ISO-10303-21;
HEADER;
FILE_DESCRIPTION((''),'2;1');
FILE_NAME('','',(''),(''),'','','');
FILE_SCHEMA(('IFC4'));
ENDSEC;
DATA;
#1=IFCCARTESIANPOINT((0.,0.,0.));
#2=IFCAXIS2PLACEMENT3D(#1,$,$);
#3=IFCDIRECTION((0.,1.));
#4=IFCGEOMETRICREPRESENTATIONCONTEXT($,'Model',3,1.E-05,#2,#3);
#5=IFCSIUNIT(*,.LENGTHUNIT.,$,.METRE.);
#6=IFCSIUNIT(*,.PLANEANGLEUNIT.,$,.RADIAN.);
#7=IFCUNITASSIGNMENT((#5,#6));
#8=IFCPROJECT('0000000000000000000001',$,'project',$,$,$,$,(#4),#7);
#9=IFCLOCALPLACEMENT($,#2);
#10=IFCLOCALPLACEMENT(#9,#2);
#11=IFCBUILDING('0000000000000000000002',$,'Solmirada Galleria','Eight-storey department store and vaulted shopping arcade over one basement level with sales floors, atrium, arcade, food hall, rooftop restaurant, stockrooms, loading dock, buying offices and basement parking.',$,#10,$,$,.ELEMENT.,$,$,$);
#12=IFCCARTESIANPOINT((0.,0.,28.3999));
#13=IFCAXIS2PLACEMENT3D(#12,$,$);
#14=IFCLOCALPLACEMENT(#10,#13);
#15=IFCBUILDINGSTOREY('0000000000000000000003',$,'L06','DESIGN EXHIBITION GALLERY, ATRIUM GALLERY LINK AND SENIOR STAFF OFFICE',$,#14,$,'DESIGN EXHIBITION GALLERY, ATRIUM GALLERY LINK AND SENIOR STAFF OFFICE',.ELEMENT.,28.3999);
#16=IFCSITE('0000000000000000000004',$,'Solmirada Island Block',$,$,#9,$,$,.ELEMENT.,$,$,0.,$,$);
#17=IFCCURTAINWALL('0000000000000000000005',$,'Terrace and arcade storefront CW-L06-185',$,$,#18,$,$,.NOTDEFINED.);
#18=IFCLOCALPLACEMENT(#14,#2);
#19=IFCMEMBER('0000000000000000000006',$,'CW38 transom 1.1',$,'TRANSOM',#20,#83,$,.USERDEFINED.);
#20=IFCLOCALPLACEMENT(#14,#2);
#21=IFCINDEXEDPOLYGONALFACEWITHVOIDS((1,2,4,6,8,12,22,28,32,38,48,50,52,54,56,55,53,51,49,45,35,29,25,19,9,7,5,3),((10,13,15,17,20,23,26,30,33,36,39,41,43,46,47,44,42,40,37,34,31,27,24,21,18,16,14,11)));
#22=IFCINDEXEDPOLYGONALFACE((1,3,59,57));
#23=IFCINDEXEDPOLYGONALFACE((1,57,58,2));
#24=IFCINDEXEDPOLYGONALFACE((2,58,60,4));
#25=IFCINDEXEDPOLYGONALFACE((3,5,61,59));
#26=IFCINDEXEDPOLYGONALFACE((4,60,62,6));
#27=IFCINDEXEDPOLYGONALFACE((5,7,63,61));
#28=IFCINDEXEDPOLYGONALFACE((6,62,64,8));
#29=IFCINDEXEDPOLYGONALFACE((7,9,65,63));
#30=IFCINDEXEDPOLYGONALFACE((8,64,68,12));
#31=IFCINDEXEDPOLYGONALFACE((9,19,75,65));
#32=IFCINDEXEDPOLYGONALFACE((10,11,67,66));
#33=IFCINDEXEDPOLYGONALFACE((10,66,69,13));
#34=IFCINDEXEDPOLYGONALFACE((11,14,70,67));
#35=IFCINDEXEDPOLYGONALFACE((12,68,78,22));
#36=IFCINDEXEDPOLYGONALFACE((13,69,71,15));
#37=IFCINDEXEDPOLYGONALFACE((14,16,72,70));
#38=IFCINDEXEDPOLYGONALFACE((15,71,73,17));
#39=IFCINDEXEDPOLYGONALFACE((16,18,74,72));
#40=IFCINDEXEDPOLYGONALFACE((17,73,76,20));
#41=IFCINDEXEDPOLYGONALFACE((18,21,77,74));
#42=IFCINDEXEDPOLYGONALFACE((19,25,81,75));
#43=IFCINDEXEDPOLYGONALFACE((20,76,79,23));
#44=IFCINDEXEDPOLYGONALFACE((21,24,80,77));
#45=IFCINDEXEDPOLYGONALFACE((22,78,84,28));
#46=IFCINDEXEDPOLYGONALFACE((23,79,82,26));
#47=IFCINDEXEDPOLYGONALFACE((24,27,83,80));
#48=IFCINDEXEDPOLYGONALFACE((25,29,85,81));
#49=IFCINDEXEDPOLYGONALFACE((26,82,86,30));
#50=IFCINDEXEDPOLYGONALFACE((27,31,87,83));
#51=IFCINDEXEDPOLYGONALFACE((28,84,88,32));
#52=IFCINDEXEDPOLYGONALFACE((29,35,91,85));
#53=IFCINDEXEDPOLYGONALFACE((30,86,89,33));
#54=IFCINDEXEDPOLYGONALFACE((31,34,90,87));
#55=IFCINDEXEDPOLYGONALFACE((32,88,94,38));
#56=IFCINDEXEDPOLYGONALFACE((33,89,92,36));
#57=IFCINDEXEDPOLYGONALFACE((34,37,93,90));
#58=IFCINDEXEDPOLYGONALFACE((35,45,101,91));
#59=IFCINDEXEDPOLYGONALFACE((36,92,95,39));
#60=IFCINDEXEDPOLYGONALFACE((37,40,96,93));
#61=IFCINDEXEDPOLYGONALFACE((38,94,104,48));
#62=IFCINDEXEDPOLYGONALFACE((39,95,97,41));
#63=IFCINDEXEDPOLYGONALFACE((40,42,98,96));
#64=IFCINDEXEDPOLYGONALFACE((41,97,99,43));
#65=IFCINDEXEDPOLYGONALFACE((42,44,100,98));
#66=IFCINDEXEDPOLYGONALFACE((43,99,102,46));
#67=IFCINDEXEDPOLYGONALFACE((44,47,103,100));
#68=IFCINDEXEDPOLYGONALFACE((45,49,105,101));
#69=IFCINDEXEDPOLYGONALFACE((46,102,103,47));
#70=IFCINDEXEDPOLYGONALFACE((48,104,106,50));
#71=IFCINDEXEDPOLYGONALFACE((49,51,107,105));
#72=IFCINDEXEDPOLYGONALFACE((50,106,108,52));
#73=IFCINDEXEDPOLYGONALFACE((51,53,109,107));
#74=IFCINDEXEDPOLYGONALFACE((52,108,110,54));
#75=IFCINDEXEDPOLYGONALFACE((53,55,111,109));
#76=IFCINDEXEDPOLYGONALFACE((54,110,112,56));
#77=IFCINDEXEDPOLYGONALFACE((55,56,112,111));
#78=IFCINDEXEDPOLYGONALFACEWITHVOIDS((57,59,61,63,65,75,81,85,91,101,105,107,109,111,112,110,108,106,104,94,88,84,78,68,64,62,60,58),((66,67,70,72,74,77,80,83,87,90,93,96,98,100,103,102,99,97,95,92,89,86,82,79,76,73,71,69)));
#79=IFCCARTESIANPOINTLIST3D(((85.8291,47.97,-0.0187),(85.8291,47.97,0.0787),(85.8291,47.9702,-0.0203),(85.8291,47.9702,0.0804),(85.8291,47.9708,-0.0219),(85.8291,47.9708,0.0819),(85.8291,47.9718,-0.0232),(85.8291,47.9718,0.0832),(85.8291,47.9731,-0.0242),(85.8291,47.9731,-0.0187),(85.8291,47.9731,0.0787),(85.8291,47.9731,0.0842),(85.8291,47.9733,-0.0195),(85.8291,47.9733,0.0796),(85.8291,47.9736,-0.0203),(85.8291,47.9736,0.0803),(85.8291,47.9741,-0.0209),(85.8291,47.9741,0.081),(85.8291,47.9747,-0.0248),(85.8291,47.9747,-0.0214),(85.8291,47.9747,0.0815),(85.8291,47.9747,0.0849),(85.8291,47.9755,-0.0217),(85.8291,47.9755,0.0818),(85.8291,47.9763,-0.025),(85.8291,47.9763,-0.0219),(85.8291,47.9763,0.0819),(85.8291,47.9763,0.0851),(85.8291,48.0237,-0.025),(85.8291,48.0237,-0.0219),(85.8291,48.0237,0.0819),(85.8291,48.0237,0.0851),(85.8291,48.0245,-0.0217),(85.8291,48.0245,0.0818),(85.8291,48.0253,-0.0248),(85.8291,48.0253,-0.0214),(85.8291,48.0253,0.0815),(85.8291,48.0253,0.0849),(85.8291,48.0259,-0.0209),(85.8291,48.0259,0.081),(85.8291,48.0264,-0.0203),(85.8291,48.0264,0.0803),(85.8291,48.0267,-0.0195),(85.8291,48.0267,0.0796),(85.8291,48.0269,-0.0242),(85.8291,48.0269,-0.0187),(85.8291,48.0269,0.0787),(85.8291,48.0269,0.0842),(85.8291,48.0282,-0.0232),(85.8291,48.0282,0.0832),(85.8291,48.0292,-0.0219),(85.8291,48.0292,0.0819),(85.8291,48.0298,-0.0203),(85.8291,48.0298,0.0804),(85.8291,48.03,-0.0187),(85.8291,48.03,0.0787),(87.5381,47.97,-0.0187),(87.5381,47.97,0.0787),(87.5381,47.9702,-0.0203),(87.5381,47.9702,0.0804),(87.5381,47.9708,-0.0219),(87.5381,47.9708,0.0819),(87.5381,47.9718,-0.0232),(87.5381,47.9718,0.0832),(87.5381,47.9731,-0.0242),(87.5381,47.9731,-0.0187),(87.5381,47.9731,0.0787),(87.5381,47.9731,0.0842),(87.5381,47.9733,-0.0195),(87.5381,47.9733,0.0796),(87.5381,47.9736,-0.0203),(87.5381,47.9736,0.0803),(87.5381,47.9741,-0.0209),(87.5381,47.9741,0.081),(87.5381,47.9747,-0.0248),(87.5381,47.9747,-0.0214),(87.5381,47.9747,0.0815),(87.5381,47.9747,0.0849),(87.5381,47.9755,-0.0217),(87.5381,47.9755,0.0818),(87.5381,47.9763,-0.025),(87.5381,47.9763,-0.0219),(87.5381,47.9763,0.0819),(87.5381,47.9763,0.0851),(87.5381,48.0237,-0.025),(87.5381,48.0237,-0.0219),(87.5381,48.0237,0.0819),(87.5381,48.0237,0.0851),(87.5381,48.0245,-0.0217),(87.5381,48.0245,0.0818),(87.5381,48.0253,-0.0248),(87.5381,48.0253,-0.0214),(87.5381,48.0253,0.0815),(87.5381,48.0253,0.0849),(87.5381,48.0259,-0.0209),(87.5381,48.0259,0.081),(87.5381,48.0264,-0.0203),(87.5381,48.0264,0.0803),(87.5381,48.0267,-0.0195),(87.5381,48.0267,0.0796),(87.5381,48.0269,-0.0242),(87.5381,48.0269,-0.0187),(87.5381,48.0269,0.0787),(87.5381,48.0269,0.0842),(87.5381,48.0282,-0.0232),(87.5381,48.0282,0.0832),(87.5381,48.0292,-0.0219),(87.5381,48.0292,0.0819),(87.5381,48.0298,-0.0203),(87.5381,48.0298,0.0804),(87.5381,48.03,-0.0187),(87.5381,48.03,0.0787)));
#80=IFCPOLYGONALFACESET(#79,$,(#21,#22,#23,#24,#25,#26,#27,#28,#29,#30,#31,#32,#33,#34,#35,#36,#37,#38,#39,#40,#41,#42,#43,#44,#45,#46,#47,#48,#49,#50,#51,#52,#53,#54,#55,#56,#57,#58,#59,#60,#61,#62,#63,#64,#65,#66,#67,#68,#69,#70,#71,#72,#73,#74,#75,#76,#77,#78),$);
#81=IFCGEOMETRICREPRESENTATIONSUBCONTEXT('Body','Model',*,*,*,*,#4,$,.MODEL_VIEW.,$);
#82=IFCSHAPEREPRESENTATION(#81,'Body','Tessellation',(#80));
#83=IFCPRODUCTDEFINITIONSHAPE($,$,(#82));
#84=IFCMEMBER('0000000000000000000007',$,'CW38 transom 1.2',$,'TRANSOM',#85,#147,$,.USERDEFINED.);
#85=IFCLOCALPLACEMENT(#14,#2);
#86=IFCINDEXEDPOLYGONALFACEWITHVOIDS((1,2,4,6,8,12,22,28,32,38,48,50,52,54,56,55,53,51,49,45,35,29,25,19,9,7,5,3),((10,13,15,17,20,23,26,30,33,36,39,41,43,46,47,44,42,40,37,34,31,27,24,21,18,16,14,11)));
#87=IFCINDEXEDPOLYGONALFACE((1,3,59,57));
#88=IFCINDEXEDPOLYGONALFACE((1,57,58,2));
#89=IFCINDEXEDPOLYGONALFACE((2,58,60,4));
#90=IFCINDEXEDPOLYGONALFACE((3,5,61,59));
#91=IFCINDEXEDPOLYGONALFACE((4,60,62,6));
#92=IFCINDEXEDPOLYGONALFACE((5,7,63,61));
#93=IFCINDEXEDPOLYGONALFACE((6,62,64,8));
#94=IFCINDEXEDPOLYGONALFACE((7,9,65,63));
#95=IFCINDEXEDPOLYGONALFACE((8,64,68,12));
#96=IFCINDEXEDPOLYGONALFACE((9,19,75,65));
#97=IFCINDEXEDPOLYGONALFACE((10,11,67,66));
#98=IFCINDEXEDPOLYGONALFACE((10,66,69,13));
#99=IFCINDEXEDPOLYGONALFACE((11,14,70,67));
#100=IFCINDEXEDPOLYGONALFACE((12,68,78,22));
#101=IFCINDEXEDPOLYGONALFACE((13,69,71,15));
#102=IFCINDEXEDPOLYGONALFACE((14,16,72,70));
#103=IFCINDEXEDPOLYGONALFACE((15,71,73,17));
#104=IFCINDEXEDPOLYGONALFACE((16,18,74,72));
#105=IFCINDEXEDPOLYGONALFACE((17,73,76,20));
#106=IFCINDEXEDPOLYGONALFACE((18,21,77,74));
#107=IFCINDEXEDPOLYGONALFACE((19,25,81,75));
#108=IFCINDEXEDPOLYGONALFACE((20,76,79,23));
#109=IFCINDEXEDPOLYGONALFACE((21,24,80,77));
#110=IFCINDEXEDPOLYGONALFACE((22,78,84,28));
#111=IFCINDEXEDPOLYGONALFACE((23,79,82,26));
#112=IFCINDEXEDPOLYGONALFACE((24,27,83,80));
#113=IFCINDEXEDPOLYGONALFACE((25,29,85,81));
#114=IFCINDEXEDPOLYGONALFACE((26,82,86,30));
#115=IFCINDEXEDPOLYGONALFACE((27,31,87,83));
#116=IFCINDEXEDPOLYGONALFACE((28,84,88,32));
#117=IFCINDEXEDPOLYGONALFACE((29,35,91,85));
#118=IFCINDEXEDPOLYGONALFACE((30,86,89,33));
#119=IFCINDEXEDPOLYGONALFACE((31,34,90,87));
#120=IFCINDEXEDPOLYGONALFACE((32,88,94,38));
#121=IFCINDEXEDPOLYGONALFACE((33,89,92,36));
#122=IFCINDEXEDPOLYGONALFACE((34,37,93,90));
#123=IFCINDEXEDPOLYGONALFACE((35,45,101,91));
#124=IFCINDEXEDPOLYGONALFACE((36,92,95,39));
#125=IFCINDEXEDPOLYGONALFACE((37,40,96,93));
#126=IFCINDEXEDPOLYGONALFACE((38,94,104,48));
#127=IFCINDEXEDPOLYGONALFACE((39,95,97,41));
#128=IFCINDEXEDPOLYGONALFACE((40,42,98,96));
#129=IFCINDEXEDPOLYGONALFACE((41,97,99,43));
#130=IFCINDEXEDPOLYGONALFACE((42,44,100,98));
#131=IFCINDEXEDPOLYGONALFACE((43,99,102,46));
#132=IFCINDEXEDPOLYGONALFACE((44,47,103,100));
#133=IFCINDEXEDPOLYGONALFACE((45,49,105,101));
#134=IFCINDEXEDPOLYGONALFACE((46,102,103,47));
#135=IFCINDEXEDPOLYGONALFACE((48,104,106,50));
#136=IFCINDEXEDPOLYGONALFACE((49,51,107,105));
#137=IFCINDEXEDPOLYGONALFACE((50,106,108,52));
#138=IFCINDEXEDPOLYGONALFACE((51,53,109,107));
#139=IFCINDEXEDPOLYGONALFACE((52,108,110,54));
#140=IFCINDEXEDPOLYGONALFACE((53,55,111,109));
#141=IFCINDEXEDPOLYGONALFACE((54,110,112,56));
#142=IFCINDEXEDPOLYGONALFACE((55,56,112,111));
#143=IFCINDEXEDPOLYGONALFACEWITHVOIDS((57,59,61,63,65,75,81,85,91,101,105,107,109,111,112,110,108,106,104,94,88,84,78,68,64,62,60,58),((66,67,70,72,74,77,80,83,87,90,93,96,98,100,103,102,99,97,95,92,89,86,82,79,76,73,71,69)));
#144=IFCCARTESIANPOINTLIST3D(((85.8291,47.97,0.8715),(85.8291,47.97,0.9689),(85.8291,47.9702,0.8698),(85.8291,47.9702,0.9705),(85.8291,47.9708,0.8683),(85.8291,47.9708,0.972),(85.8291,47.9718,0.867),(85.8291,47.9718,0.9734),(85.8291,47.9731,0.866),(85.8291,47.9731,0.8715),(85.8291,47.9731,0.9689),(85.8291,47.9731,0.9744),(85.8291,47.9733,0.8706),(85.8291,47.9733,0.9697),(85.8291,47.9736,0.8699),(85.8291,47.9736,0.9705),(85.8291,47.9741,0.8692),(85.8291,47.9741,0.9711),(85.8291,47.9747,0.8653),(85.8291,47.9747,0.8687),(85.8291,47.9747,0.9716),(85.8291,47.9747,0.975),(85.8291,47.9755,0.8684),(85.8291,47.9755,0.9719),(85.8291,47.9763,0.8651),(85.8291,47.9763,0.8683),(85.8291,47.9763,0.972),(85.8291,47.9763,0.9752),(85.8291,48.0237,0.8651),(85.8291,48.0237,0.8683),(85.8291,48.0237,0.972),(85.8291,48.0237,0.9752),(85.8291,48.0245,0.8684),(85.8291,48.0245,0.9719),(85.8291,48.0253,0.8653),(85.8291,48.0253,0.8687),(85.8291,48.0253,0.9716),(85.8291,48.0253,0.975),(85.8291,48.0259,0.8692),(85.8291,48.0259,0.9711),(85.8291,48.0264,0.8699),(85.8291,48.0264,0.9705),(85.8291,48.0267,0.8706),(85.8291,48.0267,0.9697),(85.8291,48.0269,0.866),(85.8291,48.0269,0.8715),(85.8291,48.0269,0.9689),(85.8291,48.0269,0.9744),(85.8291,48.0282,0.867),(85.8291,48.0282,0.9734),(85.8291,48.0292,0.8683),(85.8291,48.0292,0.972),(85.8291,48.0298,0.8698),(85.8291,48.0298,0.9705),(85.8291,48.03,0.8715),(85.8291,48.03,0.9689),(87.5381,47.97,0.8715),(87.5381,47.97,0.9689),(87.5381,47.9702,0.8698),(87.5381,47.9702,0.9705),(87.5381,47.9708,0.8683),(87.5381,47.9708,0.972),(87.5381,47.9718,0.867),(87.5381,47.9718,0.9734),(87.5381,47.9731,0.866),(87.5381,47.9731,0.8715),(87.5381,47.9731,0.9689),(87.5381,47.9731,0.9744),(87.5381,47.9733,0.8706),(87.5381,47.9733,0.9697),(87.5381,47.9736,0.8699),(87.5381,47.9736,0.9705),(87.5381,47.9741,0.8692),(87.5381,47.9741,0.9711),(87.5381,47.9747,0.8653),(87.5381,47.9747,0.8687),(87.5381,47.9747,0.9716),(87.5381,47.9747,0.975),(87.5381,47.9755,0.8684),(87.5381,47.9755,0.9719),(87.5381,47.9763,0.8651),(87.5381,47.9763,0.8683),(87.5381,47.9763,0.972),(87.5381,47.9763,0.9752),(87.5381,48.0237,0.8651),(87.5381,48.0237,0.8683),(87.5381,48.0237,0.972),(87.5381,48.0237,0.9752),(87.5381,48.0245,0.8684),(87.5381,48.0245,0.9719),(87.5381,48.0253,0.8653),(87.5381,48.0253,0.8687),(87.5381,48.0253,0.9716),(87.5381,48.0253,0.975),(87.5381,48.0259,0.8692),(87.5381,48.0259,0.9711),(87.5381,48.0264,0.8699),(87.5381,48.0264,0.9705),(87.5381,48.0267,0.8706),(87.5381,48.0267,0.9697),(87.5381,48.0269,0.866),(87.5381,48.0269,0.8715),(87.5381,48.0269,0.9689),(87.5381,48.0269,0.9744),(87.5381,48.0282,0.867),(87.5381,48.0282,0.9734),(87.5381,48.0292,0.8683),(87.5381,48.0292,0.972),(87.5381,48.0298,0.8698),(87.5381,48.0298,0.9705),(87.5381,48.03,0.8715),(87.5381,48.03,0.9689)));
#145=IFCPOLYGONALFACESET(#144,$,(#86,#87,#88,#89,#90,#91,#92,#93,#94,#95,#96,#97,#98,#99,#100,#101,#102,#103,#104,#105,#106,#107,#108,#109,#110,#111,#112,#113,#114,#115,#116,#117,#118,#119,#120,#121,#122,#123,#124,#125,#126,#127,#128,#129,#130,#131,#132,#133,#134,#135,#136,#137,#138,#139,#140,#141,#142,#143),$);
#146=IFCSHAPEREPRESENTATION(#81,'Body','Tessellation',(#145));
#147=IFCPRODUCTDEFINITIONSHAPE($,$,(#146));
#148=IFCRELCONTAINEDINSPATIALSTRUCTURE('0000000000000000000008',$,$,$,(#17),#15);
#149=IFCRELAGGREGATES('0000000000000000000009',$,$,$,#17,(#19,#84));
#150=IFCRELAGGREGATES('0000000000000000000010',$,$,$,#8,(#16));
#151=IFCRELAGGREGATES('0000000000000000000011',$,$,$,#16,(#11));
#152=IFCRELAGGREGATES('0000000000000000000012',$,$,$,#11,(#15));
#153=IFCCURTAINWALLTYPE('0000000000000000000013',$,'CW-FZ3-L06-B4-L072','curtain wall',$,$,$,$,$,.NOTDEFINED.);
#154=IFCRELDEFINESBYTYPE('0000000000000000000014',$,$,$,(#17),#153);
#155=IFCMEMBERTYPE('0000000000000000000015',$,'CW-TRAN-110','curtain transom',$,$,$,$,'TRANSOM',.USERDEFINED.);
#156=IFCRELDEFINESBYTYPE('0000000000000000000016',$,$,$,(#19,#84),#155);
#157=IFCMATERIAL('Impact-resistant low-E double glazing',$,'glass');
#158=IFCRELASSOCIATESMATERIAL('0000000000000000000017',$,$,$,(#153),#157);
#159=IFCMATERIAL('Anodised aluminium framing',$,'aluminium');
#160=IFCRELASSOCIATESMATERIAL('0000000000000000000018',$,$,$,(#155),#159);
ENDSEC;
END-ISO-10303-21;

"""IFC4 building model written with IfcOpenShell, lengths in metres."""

from ifc_helpers import new_model, si_unit, direction, frame, origin, origin_2d, place, context, subcontext, project, spatial, hollow_rectangle, extrude, material, material_profile, profile_set, type_object, element, aggregate, save


model = new_model("IFC4")

# Units and contexts
model_context = context("Model", 3, precision=1e-05, world=origin(), true_north=direction((0.0, 1.0)))
body_context = subcontext(model_context, "Body", "Model", "MODEL_VIEW")
ifc_project = project(units=[si_unit("LENGTHUNIT", "METRE"), si_unit("PLANEANGLEUNIT", "RADIAN")], contexts=[model_context])

# Site, building, storey
site_placement = place(None, origin())
site = spatial("IfcSite", under=ifc_project, at=site_placement, Name="Solmirada Island Block", CompositionType="ELEMENT", RefElevation=0.0)
building_placement = place(site_placement, origin())
building = spatial("IfcBuilding", under=site, at=building_placement, Name="Solmirada Galleria", Description="Eight-storey department store and vaulted shopping arcade over one basement level with sales floors, atrium, arcade, food hall, rooftop restaurant, stockrooms, loading dock, buying offices and basement parking.", CompositionType="ELEMENT")
storey_placement = place(building_placement, frame((0.0, 0.0, 28.3999)))
storey = spatial("IfcBuildingStorey", under=building, at=storey_placement, Name="L06", Description="DESIGN EXHIBITION GALLERY, ATRIUM GALLERY LINK AND SENIOR STAFF OFFICE", LongName="DESIGN EXHIBITION GALLERY, ATRIUM GALLERY LINK AND SENIOR STAFF OFFICE", CompositionType="ELEMENT", Elevation=28.3999)

# Curtain wall, members
ifc_material_1 = material(Name="Impact-resistant low-E double glazing", Category="glass")
curtain_wall_type = type_object("IfcCurtainWallType", Name="CW-FZ3-L06-B4-L072", Description="curtain wall", PredefinedType="NOTDEFINED", material=ifc_material_1)
curtain_wall_placement = place(storey_placement, origin())
curtain_wall = element("IfcCurtainWall", 1, at=curtain_wall_placement, inside=storey, type_object=curtain_wall_type, Name="Terrace and arcade storefront CW-L06-185", PredefinedType="NOTDEFINED")
ifc_material_2 = material(Name="Anodised aluminium framing", Category="aluminium")
ifc_material_profile_1 = material_profile(ifc_material_2, hollow_rectangle(XDim=0.0601, YDim=0.1101, WallThickness=0.0032, InnerFilletRadius=0.0032, OuterFilletRadius=0.0063, at=origin_2d()), Name="ALU-TRAN-110X60")
ifc_profile_set_1 = profile_set([ifc_material_profile_1], Name="Anodised aluminium framing")
member_type_1 = type_object("IfcMemberType", Name="CW-TRAN-110", Description="curtain transom", ElementType="TRANSOM", PredefinedType="USERDEFINED", material=ifc_profile_set_1)
member_1_placement = place(storey_placement, frame((87.5381, 48.0, 0.03), z_axis=(-1.0, 0.0, 0.0), x_axis=(0.0, -1.0, 0.0)))
member_1 = element("IfcMember", 2, at=member_1_placement, type_object=member_type_1, Name="CW38 transom 1.1", ObjectType="TRANSOM", PredefinedType="USERDEFINED", context=body_context, shape_type="SweptSolid", body=[
    extrude(hollow_rectangle(XDim=0.0601, YDim=0.1101, WallThickness=0.0032, InnerFilletRadius=0.0032, OuterFilletRadius=0.0063, at=origin_2d()), origin(), (0.0, 0.0, 1.0), 1.709),
])
member_2_placement = place(storey_placement, frame((87.5381, 48.0, 0.9202), z_axis=(-1.0, 0.0, 0.0), x_axis=(0.0, -1.0, 0.0)))
member_2 = element("IfcMember", 3, at=member_2_placement, type_object=member_type_1, Name="CW38 transom 1.2", ObjectType="TRANSOM", PredefinedType="USERDEFINED", context=body_context, shape_type="SweptSolid", body=[
    extrude(hollow_rectangle(XDim=0.0601, YDim=0.1101, WallThickness=0.0032, InnerFilletRadius=0.0032, OuterFilletRadius=0.0063, at=origin_2d()), origin(), (0.0, 0.0, 1.0), 1.709),
])
aggregate(curtain_wall, [member_1, member_2])

save(model, "model.ifc")
